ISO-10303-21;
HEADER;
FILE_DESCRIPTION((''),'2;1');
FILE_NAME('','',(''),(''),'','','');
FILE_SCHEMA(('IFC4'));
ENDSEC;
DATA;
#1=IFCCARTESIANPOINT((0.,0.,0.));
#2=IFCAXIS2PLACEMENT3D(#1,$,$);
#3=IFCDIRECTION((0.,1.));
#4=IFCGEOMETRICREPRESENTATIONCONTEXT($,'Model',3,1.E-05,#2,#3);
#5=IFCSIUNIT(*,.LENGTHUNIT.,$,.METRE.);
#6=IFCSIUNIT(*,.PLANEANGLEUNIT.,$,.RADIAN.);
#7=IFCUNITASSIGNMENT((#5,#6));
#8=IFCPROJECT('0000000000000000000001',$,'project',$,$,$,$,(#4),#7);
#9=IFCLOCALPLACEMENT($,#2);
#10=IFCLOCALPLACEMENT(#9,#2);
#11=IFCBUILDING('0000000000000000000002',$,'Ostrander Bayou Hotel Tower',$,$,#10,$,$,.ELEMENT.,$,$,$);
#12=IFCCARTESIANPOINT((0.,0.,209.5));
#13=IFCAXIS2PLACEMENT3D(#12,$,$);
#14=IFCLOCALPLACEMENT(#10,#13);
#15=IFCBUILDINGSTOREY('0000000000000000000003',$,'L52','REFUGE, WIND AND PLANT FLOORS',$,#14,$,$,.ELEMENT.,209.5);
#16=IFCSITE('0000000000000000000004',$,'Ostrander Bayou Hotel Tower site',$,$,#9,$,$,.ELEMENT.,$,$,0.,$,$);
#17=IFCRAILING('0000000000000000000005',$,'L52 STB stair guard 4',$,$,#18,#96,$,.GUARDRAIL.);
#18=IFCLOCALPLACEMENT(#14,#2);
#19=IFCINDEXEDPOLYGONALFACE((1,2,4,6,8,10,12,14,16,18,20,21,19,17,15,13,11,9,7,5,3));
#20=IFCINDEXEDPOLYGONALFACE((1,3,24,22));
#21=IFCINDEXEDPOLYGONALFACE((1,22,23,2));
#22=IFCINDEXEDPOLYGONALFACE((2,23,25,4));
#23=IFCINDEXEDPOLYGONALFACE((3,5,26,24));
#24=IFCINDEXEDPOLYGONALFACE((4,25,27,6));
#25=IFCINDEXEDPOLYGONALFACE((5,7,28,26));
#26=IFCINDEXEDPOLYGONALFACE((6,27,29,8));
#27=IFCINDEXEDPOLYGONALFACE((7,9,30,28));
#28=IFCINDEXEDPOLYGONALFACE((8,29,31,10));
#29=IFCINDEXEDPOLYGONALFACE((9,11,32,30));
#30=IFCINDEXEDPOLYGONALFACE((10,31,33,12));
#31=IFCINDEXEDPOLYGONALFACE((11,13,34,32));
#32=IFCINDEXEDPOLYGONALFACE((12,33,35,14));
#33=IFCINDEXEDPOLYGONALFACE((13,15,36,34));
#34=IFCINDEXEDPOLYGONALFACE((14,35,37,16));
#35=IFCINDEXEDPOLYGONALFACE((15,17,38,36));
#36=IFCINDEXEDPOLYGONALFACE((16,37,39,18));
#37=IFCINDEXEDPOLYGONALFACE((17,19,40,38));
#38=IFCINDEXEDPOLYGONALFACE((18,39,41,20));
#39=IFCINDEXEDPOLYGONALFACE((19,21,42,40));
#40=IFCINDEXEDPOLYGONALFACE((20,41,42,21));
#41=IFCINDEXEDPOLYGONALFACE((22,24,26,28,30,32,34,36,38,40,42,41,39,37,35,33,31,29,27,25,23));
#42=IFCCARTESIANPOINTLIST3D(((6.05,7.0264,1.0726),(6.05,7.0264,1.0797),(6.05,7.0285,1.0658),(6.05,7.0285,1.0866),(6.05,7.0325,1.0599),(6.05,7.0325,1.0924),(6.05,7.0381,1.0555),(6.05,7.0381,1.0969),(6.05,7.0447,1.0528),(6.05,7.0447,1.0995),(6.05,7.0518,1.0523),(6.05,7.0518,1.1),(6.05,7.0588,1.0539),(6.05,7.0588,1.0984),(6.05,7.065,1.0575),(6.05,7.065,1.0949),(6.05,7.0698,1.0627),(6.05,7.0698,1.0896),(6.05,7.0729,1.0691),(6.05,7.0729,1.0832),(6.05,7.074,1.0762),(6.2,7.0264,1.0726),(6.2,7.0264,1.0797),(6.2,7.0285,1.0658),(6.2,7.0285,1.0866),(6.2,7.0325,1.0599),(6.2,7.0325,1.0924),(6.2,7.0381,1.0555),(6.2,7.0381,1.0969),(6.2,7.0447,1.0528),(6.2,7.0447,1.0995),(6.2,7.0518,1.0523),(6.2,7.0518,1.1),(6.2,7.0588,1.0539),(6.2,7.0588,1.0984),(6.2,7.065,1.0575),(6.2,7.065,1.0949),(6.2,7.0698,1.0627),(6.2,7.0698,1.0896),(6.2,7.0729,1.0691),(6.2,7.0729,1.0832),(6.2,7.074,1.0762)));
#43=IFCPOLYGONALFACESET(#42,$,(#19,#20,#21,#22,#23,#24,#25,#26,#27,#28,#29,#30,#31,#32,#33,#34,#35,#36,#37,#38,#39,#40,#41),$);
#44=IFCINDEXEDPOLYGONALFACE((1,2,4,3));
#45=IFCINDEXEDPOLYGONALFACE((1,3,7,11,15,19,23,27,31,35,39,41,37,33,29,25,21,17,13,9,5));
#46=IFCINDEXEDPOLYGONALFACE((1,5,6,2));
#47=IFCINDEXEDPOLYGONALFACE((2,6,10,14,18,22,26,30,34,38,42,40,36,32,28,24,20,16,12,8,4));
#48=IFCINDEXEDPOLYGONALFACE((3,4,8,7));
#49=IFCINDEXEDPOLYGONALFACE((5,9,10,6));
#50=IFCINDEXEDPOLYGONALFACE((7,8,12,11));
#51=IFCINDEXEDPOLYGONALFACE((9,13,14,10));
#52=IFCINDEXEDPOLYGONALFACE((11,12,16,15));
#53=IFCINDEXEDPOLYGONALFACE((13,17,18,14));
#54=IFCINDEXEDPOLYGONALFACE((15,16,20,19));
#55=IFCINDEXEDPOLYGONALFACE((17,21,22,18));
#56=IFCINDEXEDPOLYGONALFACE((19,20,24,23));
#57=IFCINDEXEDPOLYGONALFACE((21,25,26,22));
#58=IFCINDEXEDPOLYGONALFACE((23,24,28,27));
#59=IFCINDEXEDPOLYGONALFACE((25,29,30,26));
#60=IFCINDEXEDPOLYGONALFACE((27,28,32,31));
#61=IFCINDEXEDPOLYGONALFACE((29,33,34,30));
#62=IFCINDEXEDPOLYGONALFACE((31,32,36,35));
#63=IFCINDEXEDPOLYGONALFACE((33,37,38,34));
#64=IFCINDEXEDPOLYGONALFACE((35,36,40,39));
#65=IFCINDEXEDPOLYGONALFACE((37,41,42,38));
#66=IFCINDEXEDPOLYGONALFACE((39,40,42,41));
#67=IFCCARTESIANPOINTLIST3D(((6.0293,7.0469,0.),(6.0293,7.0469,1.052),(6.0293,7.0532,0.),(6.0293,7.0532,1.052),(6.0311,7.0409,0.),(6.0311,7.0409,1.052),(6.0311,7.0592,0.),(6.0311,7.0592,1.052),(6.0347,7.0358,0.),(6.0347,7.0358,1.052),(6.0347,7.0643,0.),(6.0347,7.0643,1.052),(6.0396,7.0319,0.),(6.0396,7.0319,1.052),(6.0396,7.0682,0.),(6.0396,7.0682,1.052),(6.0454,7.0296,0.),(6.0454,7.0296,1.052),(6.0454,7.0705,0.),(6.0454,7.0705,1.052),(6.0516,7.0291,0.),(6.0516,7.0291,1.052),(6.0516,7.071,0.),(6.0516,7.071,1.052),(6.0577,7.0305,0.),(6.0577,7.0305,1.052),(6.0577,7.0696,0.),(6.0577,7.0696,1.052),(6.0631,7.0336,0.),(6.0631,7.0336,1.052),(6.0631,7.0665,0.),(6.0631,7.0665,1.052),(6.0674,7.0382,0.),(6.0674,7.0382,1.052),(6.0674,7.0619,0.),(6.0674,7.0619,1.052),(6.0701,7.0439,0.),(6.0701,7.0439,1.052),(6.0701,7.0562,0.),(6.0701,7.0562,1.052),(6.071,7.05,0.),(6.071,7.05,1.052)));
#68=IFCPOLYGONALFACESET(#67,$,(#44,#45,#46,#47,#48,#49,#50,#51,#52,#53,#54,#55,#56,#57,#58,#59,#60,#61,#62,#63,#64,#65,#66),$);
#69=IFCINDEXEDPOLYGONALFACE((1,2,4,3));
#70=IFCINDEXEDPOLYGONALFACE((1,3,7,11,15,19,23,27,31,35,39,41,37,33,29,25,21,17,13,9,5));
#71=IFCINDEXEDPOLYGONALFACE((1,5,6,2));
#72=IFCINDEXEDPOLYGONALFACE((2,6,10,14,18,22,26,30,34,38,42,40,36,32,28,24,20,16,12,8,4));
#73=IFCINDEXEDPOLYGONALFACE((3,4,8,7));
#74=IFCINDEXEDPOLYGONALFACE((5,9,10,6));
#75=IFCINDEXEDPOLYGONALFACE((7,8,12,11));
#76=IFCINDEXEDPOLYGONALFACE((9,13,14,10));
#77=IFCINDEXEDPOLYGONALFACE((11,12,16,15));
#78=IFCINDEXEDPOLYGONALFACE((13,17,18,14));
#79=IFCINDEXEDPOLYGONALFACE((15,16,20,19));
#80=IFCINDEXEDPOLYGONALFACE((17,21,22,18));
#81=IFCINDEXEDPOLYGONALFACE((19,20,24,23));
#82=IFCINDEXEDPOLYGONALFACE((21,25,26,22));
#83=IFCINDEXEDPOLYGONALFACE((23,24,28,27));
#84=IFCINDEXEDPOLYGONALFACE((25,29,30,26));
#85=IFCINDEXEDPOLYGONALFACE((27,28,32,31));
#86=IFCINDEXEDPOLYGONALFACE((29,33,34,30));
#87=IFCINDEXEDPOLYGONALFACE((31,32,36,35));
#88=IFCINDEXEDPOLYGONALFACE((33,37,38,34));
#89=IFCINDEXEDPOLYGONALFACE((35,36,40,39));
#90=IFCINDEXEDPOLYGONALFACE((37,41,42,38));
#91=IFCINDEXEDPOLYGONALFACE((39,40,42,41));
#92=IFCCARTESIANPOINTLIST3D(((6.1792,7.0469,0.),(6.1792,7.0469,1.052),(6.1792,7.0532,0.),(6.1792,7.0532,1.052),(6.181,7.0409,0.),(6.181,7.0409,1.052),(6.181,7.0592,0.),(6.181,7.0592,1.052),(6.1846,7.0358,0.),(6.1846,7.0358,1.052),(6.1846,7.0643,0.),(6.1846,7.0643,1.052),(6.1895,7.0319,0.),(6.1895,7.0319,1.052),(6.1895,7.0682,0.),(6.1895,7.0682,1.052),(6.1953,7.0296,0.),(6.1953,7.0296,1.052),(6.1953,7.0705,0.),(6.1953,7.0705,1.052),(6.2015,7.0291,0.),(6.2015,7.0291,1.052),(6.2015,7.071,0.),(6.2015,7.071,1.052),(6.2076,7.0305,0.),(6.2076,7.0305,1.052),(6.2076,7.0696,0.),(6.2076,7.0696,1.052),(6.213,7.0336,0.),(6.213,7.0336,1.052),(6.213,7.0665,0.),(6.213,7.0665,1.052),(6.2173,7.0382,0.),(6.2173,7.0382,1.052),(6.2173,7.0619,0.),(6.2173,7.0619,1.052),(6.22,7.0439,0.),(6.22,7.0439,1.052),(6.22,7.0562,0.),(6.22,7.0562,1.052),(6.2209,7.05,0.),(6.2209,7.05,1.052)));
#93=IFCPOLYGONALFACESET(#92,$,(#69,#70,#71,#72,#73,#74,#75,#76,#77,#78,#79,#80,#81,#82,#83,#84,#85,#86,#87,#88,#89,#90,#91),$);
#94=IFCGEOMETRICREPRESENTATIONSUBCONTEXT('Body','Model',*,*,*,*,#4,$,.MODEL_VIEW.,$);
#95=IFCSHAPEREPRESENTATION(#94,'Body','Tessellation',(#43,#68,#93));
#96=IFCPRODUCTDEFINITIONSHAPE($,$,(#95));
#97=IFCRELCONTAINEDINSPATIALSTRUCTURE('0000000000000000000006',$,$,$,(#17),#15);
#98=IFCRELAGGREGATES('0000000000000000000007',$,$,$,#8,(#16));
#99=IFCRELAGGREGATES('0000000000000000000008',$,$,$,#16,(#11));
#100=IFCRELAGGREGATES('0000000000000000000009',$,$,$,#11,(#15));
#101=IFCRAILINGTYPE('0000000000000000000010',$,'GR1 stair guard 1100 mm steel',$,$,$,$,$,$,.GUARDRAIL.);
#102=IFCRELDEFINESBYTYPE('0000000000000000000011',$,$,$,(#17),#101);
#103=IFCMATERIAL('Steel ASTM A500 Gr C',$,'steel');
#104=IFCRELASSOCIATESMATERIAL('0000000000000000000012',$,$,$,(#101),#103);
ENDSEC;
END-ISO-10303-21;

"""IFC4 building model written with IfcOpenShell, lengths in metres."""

from ifc_helpers import new_model, si_unit, direction, frame, origin, origin_2d, place, context, subcontext, project, spatial, circle, extrude, material, type_object, element, save


model = new_model("IFC4")

# Units and contexts
model_context = context("Model", 3, precision=1e-05, world=origin(), true_north=direction((0.0, 1.0)))
body_context = subcontext(model_context, "Body", "Model", "MODEL_VIEW")
ifc_project = project(units=[si_unit("LENGTHUNIT", "METRE"), si_unit("PLANEANGLEUNIT", "RADIAN")], contexts=[model_context])

# Site, building, storey
site_placement = place(None, origin())
site = spatial("IfcSite", under=ifc_project, at=site_placement, Name="Ostrander Bayou Hotel Tower site", CompositionType="ELEMENT", RefElevation=0.0)
building_placement = place(site_placement, origin())
building = spatial("IfcBuilding", under=site, at=building_placement, Name="Ostrander Bayou Hotel Tower", CompositionType="ELEMENT")
storey_placement = place(building_placement, frame((0.0, 0.0, 209.5)))
storey = spatial("IfcBuildingStorey", under=building, at=storey_placement, Name="L52", Description="REFUGE, WIND AND PLANT FLOORS", CompositionType="ELEMENT", Elevation=209.5)

# Railing
ifc_material_1 = material(Name="Steel ASTM A500 Gr C", Category="steel")
railing_type_1 = type_object("IfcRailingType", Name="GR1 stair guard 1100 mm steel", PredefinedType="GUARDRAIL", material=ifc_material_1)
railing_1_placement = place(storey_placement, frame((6.05, 7.05, 0.0)))
element("IfcRailing", 1, at=railing_1_placement, inside=storey, type_object=railing_type_1, Name="L52 STB stair guard 4", PredefinedType="GUARDRAIL", context=body_context, shape_type="SweptSolid", body=[
    extrude(circle(Radius=0.0239, at=origin_2d()), frame((0.0, 0.0, 1.0762), z_axis=(1.0, 0.0, 0.0), x_axis=(0.0, 1.0, 0.0)), (0.0, 0.0, 1.0), 0.1499),
    extrude(circle(Radius=0.021, at=origin_2d()), origin(), (0.0, 0.0, 1.0), 1.052),
    extrude(circle(Radius=0.021, at=origin_2d()), frame((0.1499, 0.0, 0.0)), (0.0, 0.0, 1.0), 1.052),
])

save(model, "model.ifc")
